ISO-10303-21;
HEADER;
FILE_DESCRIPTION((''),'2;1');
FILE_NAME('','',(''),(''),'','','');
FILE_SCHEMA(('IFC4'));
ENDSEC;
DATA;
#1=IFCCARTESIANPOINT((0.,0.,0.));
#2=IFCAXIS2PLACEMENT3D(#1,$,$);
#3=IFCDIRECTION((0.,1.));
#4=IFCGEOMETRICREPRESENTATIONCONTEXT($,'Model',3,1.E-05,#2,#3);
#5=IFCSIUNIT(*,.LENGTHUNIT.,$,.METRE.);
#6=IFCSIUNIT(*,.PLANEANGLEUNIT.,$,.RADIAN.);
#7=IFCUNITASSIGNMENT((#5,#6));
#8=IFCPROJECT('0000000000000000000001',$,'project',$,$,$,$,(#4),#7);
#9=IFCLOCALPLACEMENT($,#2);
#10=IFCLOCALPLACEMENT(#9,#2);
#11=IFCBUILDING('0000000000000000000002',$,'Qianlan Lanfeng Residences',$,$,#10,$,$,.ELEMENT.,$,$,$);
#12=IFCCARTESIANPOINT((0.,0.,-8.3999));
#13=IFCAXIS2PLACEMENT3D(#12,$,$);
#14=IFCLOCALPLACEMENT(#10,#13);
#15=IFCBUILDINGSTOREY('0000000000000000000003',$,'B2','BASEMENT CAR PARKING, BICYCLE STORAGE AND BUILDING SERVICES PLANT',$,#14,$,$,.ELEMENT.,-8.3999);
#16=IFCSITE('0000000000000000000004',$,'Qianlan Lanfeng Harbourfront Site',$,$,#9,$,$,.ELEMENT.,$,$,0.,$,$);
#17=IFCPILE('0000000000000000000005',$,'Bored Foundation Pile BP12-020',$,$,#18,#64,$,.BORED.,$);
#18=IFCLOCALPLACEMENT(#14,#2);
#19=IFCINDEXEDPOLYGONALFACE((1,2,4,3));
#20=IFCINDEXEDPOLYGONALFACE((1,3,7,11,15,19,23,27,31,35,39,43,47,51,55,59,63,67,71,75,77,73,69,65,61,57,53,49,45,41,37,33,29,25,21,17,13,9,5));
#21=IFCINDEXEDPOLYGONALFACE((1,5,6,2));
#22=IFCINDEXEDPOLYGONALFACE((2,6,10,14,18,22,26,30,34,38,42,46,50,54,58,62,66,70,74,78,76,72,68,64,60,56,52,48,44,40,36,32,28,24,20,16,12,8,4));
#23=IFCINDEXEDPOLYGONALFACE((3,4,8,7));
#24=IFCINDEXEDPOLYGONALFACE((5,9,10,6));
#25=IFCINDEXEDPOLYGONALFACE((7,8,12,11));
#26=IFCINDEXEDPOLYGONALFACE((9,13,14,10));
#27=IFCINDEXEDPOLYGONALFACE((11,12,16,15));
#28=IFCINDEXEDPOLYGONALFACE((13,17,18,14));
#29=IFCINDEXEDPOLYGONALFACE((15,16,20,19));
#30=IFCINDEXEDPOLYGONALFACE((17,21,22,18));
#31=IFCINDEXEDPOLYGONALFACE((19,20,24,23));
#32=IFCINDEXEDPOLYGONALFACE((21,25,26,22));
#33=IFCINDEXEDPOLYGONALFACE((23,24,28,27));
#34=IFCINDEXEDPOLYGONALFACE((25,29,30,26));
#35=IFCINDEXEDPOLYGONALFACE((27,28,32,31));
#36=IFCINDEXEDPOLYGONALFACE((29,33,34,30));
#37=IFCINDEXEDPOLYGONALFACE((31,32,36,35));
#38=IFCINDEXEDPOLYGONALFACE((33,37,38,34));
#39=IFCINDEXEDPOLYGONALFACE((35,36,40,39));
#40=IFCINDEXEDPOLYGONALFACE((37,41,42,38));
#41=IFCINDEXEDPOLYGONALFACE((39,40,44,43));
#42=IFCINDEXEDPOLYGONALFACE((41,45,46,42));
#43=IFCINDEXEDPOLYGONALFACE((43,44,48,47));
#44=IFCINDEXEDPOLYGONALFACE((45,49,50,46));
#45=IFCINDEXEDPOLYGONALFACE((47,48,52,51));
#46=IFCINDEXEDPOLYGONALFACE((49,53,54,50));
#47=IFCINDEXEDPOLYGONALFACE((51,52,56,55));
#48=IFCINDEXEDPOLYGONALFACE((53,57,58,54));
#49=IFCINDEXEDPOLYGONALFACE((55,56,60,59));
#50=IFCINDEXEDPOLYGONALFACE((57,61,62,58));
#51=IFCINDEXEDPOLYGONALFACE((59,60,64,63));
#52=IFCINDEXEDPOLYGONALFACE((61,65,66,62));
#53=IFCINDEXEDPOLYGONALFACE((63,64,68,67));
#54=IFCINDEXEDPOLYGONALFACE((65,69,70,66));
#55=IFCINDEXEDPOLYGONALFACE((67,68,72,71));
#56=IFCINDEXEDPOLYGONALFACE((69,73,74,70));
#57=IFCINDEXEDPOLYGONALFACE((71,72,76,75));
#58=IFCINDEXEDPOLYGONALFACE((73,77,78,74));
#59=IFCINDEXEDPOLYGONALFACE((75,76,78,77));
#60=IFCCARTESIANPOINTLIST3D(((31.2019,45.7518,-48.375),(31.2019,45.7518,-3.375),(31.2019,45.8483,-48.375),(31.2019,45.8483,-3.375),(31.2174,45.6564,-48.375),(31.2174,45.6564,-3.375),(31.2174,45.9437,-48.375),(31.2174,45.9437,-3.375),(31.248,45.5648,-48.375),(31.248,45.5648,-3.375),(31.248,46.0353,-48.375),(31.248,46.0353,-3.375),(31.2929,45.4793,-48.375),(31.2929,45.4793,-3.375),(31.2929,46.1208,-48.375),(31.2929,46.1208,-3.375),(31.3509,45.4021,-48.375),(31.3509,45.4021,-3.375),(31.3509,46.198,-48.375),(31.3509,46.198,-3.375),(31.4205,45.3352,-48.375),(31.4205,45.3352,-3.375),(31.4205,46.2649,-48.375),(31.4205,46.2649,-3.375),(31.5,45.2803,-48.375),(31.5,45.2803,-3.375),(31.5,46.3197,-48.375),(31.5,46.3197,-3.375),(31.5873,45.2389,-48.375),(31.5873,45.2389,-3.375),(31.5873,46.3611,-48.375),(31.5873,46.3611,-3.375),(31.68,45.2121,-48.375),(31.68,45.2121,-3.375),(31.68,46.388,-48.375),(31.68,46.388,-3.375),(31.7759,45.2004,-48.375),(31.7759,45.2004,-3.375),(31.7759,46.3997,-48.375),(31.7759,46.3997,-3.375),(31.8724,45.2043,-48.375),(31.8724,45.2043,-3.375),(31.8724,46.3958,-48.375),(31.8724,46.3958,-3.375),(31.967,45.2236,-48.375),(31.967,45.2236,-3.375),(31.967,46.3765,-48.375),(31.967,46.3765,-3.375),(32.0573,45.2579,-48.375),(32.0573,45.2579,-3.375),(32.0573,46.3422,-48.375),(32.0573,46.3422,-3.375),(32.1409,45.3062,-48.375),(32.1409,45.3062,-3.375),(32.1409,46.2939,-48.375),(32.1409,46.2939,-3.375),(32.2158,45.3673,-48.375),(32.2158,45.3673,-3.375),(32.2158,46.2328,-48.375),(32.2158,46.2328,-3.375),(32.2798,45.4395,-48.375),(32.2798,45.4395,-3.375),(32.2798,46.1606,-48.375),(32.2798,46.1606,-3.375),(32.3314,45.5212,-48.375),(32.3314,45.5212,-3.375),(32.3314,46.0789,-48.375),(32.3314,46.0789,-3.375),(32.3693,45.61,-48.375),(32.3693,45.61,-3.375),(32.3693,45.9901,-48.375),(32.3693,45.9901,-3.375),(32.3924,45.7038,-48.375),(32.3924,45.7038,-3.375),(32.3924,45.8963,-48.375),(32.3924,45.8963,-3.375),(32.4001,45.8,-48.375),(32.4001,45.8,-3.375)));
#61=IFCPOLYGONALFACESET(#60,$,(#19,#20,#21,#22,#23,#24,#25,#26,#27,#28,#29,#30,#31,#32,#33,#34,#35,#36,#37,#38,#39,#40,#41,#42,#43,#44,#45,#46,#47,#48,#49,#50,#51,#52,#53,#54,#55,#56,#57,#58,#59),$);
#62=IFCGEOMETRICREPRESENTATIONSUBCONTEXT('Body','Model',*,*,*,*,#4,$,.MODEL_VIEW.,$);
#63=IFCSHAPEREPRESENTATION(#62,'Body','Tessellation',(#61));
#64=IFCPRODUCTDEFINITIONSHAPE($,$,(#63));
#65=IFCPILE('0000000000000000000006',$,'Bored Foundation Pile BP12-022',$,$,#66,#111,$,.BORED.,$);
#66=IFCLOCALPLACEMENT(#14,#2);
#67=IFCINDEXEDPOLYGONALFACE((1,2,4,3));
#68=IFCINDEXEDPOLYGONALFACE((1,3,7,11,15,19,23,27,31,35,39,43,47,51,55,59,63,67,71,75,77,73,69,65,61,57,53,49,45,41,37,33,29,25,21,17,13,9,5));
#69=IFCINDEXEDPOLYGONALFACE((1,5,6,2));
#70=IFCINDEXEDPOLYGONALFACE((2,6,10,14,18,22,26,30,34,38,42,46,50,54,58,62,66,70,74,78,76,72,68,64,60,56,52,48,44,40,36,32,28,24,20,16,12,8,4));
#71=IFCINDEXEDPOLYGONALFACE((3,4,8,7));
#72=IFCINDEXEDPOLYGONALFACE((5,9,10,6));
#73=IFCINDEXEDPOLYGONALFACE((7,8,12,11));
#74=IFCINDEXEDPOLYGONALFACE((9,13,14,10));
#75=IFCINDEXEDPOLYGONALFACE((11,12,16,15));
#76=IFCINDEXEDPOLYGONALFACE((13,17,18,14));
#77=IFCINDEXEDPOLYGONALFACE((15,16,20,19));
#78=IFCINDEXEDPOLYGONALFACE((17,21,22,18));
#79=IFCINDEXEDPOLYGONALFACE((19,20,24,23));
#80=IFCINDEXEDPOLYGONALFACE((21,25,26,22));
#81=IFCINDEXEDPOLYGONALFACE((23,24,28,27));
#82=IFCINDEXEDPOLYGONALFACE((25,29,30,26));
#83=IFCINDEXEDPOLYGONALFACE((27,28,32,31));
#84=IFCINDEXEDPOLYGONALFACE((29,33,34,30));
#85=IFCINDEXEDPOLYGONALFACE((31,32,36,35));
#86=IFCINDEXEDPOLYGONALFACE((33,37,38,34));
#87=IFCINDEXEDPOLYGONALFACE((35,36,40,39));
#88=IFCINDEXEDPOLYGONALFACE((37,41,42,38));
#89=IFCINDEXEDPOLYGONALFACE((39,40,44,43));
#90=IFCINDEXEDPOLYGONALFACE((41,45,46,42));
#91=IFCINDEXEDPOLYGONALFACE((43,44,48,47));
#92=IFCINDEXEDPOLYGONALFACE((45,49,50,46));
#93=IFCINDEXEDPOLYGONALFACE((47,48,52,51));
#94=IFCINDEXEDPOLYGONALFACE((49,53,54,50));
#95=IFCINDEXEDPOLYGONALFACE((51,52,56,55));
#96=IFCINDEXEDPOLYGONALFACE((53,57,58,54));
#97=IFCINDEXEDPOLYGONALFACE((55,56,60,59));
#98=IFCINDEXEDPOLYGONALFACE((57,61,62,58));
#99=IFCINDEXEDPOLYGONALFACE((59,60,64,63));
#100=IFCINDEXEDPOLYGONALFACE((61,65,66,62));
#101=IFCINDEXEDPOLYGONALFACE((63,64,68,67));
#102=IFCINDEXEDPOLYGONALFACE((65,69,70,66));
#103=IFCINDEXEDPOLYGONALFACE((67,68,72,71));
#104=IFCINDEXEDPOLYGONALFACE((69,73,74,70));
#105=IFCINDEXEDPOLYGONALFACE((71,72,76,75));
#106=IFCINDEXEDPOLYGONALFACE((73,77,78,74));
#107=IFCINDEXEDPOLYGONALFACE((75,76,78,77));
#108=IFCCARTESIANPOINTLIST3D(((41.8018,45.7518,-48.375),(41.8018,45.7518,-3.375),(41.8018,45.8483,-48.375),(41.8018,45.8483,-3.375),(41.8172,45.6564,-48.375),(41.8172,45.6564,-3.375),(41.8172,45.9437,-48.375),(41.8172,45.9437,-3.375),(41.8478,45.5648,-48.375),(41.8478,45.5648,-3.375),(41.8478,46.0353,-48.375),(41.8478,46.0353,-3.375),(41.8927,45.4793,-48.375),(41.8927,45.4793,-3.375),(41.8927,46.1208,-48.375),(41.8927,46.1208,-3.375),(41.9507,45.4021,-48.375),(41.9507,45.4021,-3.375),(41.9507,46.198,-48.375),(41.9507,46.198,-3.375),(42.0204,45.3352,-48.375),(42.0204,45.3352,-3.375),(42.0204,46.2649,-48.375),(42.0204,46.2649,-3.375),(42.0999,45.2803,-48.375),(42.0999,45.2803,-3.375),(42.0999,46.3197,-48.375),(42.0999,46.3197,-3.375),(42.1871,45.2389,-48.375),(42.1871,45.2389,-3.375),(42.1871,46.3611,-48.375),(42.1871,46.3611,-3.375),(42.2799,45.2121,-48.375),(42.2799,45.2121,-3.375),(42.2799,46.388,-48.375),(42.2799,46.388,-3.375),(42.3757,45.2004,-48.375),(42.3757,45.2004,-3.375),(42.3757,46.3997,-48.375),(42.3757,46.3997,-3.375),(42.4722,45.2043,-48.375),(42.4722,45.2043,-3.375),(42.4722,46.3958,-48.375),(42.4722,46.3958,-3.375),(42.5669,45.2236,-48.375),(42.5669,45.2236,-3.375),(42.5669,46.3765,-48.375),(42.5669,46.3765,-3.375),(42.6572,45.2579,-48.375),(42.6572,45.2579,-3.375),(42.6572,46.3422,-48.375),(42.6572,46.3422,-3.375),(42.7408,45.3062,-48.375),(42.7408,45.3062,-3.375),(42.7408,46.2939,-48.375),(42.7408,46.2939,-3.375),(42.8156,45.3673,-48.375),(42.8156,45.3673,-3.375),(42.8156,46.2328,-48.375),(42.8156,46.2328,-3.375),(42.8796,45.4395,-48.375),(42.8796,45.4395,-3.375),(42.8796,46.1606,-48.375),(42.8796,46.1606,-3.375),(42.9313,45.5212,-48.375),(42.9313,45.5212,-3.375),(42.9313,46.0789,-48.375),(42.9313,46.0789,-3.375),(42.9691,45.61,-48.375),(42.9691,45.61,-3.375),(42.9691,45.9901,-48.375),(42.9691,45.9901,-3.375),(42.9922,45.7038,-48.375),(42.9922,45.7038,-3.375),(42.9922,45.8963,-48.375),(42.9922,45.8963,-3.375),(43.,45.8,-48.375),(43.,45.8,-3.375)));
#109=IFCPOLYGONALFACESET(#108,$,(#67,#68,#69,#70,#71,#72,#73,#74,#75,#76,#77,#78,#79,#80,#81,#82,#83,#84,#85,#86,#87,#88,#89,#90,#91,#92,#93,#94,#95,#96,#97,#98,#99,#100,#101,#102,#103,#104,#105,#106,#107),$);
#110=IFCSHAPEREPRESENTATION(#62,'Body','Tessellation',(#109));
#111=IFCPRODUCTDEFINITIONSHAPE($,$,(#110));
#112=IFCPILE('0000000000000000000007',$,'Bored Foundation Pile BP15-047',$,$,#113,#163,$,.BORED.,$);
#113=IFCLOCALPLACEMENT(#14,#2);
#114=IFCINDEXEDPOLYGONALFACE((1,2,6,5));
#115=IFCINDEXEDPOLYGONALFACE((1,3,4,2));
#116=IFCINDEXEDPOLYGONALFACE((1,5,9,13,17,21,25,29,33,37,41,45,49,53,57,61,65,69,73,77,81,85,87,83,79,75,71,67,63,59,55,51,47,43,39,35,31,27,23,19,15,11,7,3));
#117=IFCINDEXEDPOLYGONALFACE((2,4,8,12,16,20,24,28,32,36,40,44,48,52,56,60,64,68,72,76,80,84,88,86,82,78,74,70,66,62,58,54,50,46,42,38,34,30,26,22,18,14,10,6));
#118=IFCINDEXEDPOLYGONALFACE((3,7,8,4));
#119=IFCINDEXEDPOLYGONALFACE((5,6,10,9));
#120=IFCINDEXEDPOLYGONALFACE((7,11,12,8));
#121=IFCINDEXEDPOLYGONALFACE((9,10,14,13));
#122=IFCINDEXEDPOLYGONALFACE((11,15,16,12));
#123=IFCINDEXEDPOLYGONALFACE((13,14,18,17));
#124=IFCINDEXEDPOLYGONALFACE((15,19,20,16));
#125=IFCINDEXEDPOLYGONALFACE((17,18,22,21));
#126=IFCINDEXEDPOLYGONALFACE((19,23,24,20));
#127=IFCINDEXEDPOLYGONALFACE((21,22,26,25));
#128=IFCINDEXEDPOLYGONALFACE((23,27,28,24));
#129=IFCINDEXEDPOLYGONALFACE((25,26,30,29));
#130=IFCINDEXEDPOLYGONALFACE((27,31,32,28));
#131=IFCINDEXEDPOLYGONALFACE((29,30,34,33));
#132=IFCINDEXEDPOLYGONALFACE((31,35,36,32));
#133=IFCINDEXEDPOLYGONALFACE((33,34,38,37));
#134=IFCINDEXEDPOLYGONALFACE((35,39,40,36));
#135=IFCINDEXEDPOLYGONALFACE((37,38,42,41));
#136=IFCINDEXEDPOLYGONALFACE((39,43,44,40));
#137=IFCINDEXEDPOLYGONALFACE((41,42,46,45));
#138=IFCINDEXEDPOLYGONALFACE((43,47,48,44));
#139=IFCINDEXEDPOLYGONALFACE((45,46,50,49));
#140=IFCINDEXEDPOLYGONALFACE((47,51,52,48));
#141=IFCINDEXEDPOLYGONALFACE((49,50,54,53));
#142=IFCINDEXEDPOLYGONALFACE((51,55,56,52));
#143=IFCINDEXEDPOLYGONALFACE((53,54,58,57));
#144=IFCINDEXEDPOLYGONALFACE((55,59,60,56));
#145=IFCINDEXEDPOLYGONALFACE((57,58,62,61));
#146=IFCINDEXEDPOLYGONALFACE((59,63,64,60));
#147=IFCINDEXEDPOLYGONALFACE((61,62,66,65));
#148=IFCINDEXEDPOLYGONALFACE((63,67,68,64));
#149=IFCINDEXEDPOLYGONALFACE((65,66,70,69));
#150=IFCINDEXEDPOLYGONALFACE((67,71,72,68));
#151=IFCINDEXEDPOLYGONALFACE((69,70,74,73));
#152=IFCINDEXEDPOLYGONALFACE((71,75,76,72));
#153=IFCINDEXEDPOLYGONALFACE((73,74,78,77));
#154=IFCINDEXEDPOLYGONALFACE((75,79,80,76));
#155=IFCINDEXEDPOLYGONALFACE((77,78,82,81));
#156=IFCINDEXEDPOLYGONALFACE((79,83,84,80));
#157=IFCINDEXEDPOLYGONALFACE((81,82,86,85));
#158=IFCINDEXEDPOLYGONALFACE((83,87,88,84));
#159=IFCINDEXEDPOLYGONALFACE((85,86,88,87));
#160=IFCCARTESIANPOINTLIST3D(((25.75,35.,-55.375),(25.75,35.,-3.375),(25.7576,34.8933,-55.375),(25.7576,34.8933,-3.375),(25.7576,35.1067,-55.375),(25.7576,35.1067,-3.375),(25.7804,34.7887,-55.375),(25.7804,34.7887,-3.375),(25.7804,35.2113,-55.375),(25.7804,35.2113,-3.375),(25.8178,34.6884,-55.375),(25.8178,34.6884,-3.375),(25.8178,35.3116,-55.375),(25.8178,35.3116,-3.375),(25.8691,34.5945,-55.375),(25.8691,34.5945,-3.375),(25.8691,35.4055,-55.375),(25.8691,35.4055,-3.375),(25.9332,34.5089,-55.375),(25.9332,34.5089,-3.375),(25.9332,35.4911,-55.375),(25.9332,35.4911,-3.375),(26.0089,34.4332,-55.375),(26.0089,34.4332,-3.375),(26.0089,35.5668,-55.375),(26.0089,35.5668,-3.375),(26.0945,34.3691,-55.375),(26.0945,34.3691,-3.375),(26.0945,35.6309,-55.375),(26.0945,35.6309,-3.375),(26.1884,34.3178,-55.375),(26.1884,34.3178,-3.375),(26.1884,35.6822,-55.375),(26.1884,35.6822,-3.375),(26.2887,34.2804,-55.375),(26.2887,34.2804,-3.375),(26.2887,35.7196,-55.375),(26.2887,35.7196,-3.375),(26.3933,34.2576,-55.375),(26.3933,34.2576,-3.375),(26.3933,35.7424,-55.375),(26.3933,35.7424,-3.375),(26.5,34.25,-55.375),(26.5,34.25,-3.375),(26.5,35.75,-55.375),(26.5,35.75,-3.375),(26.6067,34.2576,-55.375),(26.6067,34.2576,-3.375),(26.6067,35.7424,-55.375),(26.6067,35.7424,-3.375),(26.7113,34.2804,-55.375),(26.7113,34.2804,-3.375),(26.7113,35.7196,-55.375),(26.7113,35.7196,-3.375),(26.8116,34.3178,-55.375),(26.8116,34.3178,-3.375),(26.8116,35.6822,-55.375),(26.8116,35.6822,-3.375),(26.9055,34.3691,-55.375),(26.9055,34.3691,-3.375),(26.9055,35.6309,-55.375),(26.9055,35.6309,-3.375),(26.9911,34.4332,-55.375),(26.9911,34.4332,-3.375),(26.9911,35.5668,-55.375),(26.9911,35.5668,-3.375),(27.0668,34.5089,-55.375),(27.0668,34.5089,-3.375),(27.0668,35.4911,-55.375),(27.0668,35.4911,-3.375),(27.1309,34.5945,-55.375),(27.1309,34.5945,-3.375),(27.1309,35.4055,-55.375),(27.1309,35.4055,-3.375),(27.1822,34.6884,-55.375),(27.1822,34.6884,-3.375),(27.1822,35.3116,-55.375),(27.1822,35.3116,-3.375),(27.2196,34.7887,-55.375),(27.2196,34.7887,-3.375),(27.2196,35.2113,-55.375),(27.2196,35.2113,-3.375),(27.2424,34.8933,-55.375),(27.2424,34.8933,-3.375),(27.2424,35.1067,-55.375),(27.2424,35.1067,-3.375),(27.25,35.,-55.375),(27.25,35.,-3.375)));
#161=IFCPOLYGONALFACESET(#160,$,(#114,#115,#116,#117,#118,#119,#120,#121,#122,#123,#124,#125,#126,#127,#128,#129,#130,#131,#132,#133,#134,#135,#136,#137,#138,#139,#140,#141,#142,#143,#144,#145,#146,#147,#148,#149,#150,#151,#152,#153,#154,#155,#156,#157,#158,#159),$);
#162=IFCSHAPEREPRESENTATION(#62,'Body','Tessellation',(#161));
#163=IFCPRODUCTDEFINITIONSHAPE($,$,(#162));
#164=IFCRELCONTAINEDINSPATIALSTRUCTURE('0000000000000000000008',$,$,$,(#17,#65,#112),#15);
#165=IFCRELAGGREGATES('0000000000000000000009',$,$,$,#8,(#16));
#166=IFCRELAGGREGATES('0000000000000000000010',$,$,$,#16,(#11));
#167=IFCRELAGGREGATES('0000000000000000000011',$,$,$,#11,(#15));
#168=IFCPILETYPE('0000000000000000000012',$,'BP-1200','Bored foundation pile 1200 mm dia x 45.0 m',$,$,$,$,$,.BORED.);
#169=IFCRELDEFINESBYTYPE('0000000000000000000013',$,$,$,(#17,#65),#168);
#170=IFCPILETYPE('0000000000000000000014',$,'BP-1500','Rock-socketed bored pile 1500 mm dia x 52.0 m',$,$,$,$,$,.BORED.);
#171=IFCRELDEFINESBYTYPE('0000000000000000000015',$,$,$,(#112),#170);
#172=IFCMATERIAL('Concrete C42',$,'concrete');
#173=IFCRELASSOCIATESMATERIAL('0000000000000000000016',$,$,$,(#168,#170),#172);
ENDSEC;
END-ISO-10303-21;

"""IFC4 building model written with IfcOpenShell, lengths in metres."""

from ifc_helpers import new_model, si_unit, direction, frame, origin, origin_2d, place, context, subcontext, project, spatial, circle, extrude, material, material_profile, profile_set, type_object, element, save


model = new_model("IFC4")

# Units and contexts
model_context = context("Model", 3, precision=1e-05, world=origin(), true_north=direction((0.0, 1.0)))
body_context = subcontext(model_context, "Body", "Model", "MODEL_VIEW")
ifc_project = project(units=[si_unit("LENGTHUNIT", "METRE"), si_unit("PLANEANGLEUNIT", "RADIAN")], contexts=[model_context])

# Site, building, storey
site_placement = place(None, origin())
site = spatial("IfcSite", under=ifc_project, at=site_placement, Name="Qianlan Lanfeng Harbourfront Site", CompositionType="ELEMENT", RefElevation=0.0)
building_placement = place(site_placement, origin())
building = spatial("IfcBuilding", under=site, at=building_placement, Name="Qianlan Lanfeng Residences", CompositionType="ELEMENT")
storey_placement = place(building_placement, frame((0.0, 0.0, -8.3999)))
storey = spatial("IfcBuildingStorey", under=building, at=storey_placement, Name="B2", Description="BASEMENT CAR PARKING, BICYCLE STORAGE AND BUILDING SERVICES PLANT", CompositionType="ELEMENT", Elevation=-8.3999)

# Piles
ifc_material_1 = material(Name="Concrete C42", Category="concrete")
ifc_material_profile_1 = material_profile(ifc_material_1, circle(Radius=0.6001, at=origin_2d()), Name="PILE D1200")
ifc_profile_set_1 = profile_set([ifc_material_profile_1], Name="Concrete C42")
pile_type_1 = type_object("IfcPileType", Name="BP-1200", Description="Bored foundation pile 1200 mm dia x 45.0 m", PredefinedType="BORED", material=ifc_profile_set_1)
for number, where, z_axis, x_axis, name in (
    (1, (31.8, 45.8, -3.375), (0.0, 0.0, -1.0), (1.0, 0.0, 0.0), "Bored Foundation Pile BP12-020"),
    (2, (42.3999, 45.8, -3.375), (0.0, 0.0, -1.0), (1.0, 0.0, 0.0), "Bored Foundation Pile BP12-022"),
):
    element("IfcPile", number, at=place(storey_placement, frame(where, z_axis=z_axis, x_axis=x_axis)), inside=storey, type_object=pile_type_1, Name=name, PredefinedType="BORED", context=body_context, shape_type="SweptSolid", body=[
        extrude(circle(Radius=0.6001, at=origin_2d()), origin(), (0.0, 0.0, 1.0), 45.0),
    ])
ifc_material_profile_2 = material_profile(ifc_material_1, circle(Radius=0.75, at=origin_2d()), Name="PILE D1500")
ifc_profile_set_2 = profile_set([ifc_material_profile_2], Name="Concrete C42")
pile_type_2 = type_object("IfcPileType", Name="BP-1500", Description="Rock-socketed bored pile 1500 mm dia x 52.0 m", PredefinedType="BORED", material=ifc_profile_set_2)
for number, where, z_axis, x_axis, name in (
    (3, (26.5, 35.0, -3.375), (0.0, 0.0, -1.0), (1.0, 0.0, 0.0), "Bored Foundation Pile BP15-047"),
):
    element("IfcPile", number, at=place(storey_placement, frame(where, z_axis=z_axis, x_axis=x_axis)), inside=storey, type_object=pile_type_2, Name=name, PredefinedType="BORED", context=body_context, shape_type="SweptSolid", body=[
        extrude(circle(Radius=0.75, at=origin_2d()), origin(), (0.0, 0.0, 1.0), 52.0),
    ])

save(model, "model.ifc")
